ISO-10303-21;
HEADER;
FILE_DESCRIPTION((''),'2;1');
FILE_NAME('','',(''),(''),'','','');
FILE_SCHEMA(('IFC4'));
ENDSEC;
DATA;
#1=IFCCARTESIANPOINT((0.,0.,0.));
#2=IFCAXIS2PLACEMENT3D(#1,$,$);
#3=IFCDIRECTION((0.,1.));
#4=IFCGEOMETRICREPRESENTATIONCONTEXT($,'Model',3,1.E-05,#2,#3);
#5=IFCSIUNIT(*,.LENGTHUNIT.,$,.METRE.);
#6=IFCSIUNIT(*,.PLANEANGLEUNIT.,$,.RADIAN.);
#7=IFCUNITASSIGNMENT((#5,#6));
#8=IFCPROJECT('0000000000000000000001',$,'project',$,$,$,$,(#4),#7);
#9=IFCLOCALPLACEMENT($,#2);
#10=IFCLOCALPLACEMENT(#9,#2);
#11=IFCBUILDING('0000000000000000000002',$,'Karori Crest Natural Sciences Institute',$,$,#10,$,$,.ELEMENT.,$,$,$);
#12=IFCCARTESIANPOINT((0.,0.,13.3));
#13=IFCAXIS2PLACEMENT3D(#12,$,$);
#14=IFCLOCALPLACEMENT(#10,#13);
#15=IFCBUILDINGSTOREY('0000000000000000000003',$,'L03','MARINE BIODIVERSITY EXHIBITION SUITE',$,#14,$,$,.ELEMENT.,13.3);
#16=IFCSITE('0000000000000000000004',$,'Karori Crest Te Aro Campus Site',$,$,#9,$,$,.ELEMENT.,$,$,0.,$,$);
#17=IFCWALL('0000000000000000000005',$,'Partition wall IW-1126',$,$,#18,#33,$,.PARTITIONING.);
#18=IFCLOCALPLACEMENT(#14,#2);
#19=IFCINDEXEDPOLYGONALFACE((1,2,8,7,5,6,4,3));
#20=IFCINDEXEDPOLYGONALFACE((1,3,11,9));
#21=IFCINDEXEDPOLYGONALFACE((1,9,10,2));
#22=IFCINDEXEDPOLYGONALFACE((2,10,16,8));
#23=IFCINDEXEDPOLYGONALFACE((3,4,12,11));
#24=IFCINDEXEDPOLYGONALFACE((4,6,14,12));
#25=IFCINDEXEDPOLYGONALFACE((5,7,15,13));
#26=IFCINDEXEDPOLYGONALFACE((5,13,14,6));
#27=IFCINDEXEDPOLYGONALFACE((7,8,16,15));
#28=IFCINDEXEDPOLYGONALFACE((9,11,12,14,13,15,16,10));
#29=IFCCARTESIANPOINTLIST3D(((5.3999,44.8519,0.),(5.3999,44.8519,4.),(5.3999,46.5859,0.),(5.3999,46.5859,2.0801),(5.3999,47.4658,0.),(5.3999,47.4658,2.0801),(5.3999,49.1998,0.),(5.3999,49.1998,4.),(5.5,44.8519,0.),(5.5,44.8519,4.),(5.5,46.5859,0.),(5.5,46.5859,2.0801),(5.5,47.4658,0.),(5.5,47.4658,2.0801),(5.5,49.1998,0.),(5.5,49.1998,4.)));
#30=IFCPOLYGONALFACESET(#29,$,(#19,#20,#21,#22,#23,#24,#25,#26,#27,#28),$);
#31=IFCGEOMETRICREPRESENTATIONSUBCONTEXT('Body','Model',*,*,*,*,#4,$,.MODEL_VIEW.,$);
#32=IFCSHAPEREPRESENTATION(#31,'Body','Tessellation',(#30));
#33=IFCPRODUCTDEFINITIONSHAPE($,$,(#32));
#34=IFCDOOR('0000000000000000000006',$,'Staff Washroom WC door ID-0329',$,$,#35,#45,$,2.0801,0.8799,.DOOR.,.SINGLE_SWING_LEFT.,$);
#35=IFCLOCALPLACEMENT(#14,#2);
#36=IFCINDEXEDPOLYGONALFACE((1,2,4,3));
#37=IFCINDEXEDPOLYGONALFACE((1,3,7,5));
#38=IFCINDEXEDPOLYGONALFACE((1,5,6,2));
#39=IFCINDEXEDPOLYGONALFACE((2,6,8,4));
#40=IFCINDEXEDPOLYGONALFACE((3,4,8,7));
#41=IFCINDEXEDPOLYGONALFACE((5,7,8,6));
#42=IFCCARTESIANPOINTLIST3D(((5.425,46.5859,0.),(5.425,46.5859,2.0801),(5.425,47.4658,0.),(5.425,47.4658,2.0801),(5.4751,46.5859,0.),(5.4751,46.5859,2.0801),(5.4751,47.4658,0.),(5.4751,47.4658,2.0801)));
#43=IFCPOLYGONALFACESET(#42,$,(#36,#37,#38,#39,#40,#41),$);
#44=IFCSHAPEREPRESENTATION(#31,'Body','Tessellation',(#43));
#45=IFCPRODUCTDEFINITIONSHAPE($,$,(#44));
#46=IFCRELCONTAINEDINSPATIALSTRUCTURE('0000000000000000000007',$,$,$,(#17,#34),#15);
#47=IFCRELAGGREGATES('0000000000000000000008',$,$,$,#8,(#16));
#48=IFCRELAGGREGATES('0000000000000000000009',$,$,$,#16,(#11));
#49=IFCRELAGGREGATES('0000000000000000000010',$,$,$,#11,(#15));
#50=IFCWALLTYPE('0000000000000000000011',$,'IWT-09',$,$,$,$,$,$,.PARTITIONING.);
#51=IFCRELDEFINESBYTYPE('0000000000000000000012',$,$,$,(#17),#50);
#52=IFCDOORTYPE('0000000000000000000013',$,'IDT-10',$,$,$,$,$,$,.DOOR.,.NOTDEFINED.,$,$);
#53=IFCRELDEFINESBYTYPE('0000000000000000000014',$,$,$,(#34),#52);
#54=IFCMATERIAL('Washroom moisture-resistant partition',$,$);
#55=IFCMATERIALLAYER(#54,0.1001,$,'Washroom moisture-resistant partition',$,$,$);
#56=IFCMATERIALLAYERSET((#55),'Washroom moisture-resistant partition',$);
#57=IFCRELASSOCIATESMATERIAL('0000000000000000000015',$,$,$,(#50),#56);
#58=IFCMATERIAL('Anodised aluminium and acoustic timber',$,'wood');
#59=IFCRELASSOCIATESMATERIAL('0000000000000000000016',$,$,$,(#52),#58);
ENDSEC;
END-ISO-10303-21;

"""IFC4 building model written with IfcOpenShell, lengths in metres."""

from ifc_helpers import new_model, si_unit, direction, frame, frame_2d, origin, place, context, subcontext, project, spatial, rectangle, extrude, material, layer, layer_set, type_object, element, fill, save


model = new_model("IFC4")

# Units and contexts
model_context = context("Model", 3, precision=1e-05, world=origin(), true_north=direction((0.0, 1.0)))
body_context = subcontext(model_context, "Body", "Model", "MODEL_VIEW")
ifc_project = project(units=[si_unit("LENGTHUNIT", "METRE"), si_unit("PLANEANGLEUNIT", "RADIAN")], contexts=[model_context])

# Site, building, storey
site_placement = place(None, origin())
site = spatial("IfcSite", under=ifc_project, at=site_placement, Name="Karori Crest Te Aro Campus Site", CompositionType="ELEMENT", RefElevation=0.0)
building_placement = place(site_placement, origin())
building = spatial("IfcBuilding", under=site, at=building_placement, Name="Karori Crest Natural Sciences Institute", CompositionType="ELEMENT")
storey_placement = place(building_placement, frame((0.0, 0.0, 13.3)))
storey = spatial("IfcBuildingStorey", under=building, at=storey_placement, Name="L03", Description="MARINE BIODIVERSITY EXHIBITION SUITE", CompositionType="ELEMENT", Elevation=13.3)

# Wall, opening, door
ifc_material_1 = material(Name="Washroom moisture-resistant partition")
ifc_layer_1 = layer(ifc_material_1, 0.1001, Name="Washroom moisture-resistant partition")
ifc_layer_set_1 = layer_set([ifc_layer_1], Name="Washroom moisture-resistant partition")
wall_type_1 = type_object("IfcWallType", Name="IWT-09", PredefinedType="PARTITIONING", material=ifc_layer_set_1)
ifc_material_2 = material(Name="Anodised aluminium and acoustic timber", Category="wood")
wall_1_placement = place(storey_placement, frame((5.45, 44.8521, 0.0), z_axis=(0.0, 0.0, 1.0), x_axis=(0.0, 1.0, 0.0)))
wall_1 = element("IfcWall", 1, at=wall_1_placement, inside=storey, type_object=wall_type_1, Name="Partition wall IW-1126", PredefinedType="PARTITIONING", context=body_context, shape_type="SweptSolid", body=[
    extrude(rectangle(XDim=4.3479, YDim=0.1001, at=frame_2d((2.1738, 0.0))), origin(), (0.0, 0.0, 1.0), 4.0),
])
opening_1_placement = place(wall_1_placement, frame((1.7339, 0.0, 0.0)))
opening_1 = element("IfcOpeningElement", 2, at=opening_1_placement, cuts=wall_1, PredefinedType="OPENING", context=body_context, shape_type="SweptSolid", body=[
    extrude(rectangle(XDim=0.8799, YDim=2.0801, at=frame_2d((0.4399, 1.04))), frame((0.0, 0.0601, 0.0), z_axis=(0.0, -1.0, 0.0), x_axis=(1.0, 0.0, 0.0)), (0.0, 0.0, 1.0), 0.1201),
])
door_type_1 = type_object("IfcDoorType", Name="IDT-10", OperationType="NOTDEFINED", PredefinedType="DOOR", material=ifc_material_2)
door_1_placement = place(opening_1_placement, origin())
door_1 = element("IfcDoor", 3, at=door_1_placement, inside=storey, type_object=door_type_1, Name="Staff Washroom WC door ID-0329", OperationType="SINGLE_SWING_LEFT", OverallHeight=2.0801, OverallWidth=0.8799, PredefinedType="DOOR", context=body_context, shape_type="SweptSolid", body=[
    extrude(rectangle(XDim=0.8799, YDim=2.0801, at=frame_2d((0.4399, 1.04))), frame((0.0, 0.0249, 0.0), z_axis=(0.0, -1.0, 0.0), x_axis=(1.0, 0.0, 0.0)), (0.0, 0.0, 1.0), 0.05),
])
fill(opening_1, door_1)

save(model, "model.ifc")
